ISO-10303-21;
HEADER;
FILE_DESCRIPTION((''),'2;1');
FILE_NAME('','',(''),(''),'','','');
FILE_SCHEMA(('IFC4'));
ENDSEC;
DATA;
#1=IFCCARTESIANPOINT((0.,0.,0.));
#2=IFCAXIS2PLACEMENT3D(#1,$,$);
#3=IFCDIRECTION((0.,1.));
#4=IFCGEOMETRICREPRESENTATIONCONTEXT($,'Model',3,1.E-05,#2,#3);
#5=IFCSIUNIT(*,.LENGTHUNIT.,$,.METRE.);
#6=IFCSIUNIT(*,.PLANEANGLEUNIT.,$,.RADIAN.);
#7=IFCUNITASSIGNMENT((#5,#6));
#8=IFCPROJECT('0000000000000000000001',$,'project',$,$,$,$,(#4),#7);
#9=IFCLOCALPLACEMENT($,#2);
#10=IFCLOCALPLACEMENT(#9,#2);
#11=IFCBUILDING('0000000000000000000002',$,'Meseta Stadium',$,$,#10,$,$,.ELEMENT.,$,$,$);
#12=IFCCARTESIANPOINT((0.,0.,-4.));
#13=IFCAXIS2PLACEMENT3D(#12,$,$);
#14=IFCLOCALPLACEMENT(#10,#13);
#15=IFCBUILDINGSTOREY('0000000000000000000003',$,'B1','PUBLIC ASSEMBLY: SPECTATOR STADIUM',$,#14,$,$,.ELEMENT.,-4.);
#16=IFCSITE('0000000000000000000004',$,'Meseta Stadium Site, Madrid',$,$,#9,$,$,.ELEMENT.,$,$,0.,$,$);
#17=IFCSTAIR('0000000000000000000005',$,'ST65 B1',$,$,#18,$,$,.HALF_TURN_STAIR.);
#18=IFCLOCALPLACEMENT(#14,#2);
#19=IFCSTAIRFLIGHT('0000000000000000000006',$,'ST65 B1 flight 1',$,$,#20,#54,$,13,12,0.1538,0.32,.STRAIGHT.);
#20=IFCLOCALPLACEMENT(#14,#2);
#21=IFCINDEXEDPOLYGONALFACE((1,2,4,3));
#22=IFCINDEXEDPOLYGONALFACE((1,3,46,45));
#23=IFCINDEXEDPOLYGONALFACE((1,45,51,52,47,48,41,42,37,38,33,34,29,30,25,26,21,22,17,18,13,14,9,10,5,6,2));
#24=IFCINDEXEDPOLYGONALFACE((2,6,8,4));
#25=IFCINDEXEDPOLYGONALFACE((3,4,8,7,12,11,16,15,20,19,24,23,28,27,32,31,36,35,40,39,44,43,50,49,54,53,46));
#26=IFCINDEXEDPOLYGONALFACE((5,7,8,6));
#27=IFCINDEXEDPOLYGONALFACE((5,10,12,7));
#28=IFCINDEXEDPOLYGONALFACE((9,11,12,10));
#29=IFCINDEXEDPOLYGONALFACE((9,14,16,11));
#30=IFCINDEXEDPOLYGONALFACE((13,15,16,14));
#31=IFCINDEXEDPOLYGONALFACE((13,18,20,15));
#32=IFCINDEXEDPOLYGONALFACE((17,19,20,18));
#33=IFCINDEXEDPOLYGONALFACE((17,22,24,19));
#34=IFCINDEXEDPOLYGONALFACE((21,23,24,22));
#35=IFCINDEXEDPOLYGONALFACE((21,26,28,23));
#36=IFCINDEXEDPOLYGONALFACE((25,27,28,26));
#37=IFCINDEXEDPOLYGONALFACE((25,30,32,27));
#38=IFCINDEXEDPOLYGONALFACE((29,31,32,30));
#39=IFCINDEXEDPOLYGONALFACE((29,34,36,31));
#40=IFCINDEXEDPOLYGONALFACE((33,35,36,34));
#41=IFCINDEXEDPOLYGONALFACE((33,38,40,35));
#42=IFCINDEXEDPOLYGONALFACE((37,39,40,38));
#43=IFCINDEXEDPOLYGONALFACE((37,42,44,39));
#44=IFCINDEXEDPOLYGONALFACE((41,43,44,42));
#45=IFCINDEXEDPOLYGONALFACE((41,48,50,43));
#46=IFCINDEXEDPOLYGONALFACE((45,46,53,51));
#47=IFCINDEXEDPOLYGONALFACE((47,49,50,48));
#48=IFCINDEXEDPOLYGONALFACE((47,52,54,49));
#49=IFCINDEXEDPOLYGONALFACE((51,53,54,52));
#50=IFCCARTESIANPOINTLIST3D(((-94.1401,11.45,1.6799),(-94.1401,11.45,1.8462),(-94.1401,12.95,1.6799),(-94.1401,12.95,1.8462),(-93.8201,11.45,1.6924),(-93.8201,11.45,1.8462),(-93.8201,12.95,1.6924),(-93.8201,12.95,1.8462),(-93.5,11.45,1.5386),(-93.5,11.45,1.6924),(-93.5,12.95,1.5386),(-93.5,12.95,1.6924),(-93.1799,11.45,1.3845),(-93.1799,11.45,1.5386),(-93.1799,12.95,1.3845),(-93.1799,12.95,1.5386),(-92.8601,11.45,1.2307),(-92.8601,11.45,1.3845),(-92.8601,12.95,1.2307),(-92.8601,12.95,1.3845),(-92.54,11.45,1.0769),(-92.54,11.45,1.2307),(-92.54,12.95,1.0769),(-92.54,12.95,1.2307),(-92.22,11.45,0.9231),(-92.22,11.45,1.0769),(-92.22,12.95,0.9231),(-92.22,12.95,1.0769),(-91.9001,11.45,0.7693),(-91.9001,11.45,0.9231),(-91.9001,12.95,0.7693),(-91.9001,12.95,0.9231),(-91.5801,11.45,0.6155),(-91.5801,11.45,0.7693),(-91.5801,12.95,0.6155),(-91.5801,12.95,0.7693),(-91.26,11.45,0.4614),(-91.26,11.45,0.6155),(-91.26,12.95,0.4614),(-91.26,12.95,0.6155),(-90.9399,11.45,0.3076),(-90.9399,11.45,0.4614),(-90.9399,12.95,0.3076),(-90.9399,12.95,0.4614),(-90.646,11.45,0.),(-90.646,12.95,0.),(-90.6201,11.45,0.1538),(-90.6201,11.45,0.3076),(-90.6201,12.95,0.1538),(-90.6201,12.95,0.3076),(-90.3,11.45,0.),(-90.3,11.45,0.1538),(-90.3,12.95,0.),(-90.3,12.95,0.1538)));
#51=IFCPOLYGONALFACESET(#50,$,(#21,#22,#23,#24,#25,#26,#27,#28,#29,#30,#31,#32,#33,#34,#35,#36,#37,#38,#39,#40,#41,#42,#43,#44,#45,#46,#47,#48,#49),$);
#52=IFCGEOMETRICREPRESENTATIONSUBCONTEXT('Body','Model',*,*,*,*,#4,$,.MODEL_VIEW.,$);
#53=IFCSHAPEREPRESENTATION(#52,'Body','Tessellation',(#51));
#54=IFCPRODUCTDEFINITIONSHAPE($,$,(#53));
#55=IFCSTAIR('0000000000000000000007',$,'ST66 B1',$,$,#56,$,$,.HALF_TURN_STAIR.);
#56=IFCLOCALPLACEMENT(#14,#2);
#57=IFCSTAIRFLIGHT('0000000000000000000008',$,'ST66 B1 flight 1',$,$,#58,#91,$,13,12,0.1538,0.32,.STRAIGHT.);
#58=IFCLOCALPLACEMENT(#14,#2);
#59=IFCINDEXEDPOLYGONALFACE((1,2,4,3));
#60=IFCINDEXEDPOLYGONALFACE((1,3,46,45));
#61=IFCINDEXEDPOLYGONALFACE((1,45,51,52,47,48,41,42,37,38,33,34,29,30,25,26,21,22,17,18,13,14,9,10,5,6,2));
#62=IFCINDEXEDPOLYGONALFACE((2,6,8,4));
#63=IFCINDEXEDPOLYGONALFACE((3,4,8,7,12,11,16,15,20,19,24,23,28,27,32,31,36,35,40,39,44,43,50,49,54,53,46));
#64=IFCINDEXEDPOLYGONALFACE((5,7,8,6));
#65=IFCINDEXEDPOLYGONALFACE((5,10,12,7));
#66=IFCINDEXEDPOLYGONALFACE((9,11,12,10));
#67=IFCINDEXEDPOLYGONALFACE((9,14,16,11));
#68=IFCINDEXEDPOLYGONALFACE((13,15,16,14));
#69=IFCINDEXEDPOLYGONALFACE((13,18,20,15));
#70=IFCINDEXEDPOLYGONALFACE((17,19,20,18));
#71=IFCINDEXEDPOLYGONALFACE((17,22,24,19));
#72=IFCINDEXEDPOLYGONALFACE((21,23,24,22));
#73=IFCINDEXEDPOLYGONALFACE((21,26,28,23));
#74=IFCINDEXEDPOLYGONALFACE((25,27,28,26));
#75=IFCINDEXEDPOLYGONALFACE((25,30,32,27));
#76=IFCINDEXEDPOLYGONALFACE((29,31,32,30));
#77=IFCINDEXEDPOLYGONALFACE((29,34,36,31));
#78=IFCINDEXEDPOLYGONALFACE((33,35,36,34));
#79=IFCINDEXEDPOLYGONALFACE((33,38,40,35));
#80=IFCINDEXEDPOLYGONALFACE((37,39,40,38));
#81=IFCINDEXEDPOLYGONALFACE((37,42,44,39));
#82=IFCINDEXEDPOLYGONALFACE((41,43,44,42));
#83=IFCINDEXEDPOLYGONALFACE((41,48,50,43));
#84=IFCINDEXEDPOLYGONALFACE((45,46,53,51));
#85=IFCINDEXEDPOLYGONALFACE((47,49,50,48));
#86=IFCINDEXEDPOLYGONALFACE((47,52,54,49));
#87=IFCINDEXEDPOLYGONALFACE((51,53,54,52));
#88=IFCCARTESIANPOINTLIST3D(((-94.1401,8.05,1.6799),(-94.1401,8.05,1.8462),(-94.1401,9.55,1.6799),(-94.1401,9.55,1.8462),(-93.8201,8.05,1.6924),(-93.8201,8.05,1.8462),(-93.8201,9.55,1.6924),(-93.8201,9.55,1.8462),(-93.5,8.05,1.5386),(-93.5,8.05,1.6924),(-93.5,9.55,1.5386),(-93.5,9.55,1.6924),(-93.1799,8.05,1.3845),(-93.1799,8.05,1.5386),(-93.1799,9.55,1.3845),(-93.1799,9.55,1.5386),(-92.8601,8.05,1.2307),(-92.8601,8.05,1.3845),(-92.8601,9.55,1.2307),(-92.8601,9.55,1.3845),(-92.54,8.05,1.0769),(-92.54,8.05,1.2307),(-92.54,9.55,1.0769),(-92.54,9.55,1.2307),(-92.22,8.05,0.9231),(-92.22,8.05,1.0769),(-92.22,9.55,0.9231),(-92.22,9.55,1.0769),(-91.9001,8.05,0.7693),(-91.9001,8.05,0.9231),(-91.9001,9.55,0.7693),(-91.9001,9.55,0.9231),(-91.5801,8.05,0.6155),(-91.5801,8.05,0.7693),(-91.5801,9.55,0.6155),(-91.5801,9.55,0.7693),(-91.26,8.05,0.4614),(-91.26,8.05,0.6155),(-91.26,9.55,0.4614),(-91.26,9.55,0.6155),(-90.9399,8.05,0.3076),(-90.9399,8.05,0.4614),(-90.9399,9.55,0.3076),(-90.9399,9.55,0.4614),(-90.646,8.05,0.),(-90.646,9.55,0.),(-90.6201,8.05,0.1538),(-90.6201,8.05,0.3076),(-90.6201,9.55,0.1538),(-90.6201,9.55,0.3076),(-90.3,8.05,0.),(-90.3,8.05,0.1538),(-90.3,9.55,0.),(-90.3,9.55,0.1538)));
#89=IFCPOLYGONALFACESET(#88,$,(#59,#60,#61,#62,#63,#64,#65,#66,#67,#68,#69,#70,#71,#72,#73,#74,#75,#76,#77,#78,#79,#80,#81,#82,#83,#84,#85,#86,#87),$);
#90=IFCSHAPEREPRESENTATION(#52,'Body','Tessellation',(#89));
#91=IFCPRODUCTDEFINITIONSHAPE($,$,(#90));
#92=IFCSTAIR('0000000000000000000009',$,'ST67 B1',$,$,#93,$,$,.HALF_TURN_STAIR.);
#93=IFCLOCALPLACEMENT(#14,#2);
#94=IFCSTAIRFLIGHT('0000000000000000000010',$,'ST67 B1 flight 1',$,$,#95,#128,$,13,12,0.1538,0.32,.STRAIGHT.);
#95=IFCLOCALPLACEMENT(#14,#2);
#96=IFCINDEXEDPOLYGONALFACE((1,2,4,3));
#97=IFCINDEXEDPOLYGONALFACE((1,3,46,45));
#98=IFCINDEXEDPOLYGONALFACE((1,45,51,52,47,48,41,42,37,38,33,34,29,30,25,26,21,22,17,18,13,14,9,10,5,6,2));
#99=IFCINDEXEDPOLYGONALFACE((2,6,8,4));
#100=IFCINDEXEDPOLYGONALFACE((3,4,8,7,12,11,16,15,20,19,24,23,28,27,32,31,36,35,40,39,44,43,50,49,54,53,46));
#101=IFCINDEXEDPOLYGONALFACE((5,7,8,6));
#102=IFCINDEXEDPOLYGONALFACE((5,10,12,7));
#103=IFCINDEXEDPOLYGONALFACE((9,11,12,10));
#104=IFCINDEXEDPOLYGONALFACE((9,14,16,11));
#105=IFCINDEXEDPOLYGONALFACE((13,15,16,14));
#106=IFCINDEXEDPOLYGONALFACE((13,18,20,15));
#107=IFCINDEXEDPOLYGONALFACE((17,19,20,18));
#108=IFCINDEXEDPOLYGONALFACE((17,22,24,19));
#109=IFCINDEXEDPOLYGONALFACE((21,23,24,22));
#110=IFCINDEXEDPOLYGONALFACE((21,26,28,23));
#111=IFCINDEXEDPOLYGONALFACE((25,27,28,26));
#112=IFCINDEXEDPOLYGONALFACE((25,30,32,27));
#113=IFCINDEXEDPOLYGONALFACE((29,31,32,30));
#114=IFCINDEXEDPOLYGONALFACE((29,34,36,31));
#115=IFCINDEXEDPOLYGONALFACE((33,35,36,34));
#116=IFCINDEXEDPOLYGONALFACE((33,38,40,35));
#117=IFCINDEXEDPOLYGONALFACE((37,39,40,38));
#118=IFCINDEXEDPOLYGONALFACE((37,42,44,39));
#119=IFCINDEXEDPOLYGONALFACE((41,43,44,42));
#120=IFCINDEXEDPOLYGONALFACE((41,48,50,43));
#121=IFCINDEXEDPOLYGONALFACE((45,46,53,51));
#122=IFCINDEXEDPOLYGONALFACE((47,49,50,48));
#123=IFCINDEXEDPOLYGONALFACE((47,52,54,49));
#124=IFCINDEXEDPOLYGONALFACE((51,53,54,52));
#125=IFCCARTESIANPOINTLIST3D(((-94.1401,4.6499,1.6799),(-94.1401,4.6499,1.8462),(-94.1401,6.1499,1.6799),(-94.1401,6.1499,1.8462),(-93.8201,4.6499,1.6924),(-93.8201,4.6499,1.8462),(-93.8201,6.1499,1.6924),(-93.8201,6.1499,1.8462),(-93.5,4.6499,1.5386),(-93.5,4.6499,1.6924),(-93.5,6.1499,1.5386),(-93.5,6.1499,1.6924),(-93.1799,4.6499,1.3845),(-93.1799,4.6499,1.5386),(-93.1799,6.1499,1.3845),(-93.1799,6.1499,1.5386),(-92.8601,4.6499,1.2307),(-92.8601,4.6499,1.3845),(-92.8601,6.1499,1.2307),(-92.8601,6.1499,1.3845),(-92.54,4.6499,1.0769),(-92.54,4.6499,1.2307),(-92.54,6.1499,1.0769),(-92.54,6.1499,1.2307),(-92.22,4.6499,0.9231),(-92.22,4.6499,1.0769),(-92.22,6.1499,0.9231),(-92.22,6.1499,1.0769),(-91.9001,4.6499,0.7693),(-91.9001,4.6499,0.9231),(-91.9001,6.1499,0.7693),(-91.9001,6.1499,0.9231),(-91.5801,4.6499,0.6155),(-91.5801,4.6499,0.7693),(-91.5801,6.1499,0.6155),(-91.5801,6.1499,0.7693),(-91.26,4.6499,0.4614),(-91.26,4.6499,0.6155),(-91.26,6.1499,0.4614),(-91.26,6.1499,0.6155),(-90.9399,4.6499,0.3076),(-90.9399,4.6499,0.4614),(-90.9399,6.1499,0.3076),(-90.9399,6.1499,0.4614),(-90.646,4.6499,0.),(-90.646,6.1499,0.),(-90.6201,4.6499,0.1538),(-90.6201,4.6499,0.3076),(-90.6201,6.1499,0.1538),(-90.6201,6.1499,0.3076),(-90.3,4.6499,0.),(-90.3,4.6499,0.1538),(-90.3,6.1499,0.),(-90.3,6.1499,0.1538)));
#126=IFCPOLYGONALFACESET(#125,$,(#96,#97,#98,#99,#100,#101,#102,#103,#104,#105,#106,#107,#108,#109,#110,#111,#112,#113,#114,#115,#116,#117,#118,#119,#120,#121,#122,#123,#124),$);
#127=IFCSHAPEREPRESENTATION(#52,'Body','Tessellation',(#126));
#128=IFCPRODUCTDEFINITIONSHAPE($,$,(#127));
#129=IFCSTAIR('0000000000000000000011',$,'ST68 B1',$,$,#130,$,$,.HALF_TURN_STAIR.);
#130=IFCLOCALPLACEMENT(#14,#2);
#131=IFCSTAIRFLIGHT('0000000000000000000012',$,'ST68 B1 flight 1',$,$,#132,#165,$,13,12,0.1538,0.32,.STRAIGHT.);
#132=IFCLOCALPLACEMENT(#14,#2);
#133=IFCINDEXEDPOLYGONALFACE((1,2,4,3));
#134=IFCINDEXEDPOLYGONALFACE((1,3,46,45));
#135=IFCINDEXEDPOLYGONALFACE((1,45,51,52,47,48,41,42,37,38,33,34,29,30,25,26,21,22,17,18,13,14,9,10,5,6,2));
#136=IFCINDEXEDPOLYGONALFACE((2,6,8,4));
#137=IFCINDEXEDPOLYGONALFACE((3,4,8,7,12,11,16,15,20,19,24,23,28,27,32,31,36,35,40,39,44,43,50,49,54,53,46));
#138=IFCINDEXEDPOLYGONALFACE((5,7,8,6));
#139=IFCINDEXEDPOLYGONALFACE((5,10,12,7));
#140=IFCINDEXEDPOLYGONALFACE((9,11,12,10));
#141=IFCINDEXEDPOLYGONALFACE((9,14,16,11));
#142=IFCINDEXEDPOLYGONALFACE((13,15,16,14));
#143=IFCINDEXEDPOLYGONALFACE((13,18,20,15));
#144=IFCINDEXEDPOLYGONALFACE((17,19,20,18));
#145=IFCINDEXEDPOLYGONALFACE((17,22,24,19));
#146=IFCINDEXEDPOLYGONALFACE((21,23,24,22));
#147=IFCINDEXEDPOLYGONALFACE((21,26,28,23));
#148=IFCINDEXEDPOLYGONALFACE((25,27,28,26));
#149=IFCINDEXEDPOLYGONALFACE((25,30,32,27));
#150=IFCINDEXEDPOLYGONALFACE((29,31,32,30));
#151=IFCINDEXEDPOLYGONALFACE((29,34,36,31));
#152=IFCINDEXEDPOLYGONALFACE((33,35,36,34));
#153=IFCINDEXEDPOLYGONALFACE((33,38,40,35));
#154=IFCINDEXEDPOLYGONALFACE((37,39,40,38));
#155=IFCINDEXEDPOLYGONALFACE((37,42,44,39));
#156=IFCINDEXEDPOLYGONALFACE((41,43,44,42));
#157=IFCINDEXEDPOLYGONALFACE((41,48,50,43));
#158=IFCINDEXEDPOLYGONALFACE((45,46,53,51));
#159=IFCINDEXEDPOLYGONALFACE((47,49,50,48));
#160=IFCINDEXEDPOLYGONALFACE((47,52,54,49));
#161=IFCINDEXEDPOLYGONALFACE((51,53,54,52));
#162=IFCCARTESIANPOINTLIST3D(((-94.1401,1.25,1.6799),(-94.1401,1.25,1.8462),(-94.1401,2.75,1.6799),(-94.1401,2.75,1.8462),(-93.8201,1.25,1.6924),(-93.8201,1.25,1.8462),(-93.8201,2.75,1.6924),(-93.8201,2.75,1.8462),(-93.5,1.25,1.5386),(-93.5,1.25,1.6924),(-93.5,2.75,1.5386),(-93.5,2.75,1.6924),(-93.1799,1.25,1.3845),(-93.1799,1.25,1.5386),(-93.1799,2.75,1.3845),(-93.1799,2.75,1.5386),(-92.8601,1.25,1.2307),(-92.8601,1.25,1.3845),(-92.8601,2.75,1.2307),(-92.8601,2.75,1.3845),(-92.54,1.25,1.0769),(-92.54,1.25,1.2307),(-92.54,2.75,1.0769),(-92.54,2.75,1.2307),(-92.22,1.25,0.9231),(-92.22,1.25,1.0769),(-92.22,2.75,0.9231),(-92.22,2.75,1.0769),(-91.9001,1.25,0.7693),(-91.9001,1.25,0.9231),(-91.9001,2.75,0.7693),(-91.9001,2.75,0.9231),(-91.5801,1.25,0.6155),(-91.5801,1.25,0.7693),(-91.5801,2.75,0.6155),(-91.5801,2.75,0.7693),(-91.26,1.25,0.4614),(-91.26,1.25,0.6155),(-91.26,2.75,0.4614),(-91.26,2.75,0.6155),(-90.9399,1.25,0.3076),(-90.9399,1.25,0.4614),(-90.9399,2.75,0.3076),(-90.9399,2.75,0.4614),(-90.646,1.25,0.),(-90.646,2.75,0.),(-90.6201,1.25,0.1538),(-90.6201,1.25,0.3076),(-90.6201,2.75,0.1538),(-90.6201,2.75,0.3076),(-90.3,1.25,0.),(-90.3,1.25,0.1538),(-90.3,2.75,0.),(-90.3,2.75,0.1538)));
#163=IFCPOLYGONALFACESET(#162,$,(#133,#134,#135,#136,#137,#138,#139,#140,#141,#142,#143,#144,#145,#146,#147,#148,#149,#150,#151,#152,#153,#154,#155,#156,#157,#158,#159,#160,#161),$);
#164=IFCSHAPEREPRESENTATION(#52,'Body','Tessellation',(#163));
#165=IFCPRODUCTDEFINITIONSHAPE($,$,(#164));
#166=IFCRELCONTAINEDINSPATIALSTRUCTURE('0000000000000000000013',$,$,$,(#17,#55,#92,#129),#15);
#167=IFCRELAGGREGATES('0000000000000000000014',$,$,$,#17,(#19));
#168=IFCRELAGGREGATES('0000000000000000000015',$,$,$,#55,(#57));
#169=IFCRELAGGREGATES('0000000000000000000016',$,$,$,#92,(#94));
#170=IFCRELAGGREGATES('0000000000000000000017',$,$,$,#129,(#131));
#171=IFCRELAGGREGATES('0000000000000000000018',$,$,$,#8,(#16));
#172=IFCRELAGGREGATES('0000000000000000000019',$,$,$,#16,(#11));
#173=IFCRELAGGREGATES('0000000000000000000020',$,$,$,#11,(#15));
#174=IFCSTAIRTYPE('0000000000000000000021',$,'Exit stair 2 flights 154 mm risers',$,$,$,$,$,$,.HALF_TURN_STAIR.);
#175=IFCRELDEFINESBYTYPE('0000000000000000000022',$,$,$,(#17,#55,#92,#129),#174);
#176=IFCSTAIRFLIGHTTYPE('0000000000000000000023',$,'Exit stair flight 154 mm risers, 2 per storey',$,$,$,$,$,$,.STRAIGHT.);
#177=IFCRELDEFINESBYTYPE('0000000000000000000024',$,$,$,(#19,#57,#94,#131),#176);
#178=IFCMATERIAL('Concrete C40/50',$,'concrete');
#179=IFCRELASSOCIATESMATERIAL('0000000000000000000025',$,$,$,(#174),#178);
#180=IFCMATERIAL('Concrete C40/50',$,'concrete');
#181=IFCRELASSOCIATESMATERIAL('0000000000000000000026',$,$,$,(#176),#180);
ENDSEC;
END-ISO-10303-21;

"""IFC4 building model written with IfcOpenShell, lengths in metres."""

from ifc_helpers import new_model, si_unit, direction, frame, origin, place, context, subcontext, project, spatial, polyline, outline, extrude, material, type_object, element, aggregate, save


model = new_model("IFC4")

# Units and contexts
model_context = context("Model", 3, precision=1e-05, world=origin(), true_north=direction((0.0, 1.0)))
body_context = subcontext(model_context, "Body", "Model", "MODEL_VIEW")
ifc_project = project(units=[si_unit("LENGTHUNIT", "METRE"), si_unit("PLANEANGLEUNIT", "RADIAN")], contexts=[model_context])

# Site, building, storey
site_placement = place(None, origin())
site = spatial("IfcSite", under=ifc_project, at=site_placement, Name="Meseta Stadium Site, Madrid", CompositionType="ELEMENT", RefElevation=0.0)
building_placement = place(site_placement, origin())
building = spatial("IfcBuilding", under=site, at=building_placement, Name="Meseta Stadium", CompositionType="ELEMENT")
storey_placement = place(building_placement, frame((0.0, 0.0, -4.0)))
storey = spatial("IfcBuildingStorey", under=building, at=storey_placement, Name="B1", Description="PUBLIC ASSEMBLY: SPECTATOR STADIUM", CompositionType="ELEMENT", Elevation=-4.0)

# Stairs, stair flights
ifc_material_1 = material(Name="Concrete C40/50", Category="concrete")
stair_type = type_object("IfcStairType", Name="Exit stair 2 flights 154 mm risers", PredefinedType="HALF_TURN_STAIR", material=ifc_material_1)
stair_1_placement = place(storey_placement, origin())
stair_1 = element("IfcStair", 1, at=stair_1_placement, inside=storey, type_object=stair_type, Name="ST65 B1", PredefinedType="HALF_TURN_STAIR")
ifc_material_2 = material(Name="Concrete C40/50", Category="concrete")
stair_flight_type = type_object("IfcStairFlightType", Name="Exit stair flight 154 mm risers, 2 per storey", PredefinedType="STRAIGHT", material=ifc_material_2)
stair_flight_1_placement = place(storey_placement, frame((-90.3, 12.2, 0.0), z_axis=(0.0, 0.0, 1.0), x_axis=(-1.0, 0.0, 0.0)))
stair_flight_1 = element("IfcStairFlight", 2, at=stair_flight_1_placement, type_object=stair_flight_type, Name="ST65 B1 flight 1", NumberOfRisers=13, NumberOfTreads=12, PredefinedType="STRAIGHT", RiserHeight=0.1538, TreadLength=0.32, context=body_context, shape_type="SweptSolid", body=[
    extrude(outline(polyline([(0.0, 0.0), (0.0, 0.1538), (0.3201, 0.1538), (0.3201, 0.3076), (0.6399, 0.3076), (0.6399, 0.4614), (0.96, 0.4614), (0.96, 0.6155), (1.28, 0.6155), (1.28, 0.7693), (1.6001, 0.7693), (1.6001, 0.9231), (1.9199, 0.9231), (1.9199, 1.0769), (2.24, 1.0769), (2.24, 1.2307), (2.5601, 1.2307), (2.5601, 1.3845), (2.8799, 1.3845), (2.8799, 1.5386), (3.2, 1.5386), (3.2, 1.6924), (3.52, 1.6924), (3.52, 1.8462), (3.8401, 1.8462), (3.8401, 1.6799), (0.3459, 0.0), (0.0, 0.0)])), frame((0.0, 0.75, 0.0), z_axis=(0.0, -1.0, 0.0), x_axis=(1.0, 0.0, 0.0)), (0.0, 0.0, 1.0), 1.5),
])
aggregate(stair_1, [stair_flight_1])
stair_2_placement = place(storey_placement, origin())
stair_2 = element("IfcStair", 3, at=stair_2_placement, inside=storey, type_object=stair_type, Name="ST66 B1", PredefinedType="HALF_TURN_STAIR")
stair_flight_2_placement = place(storey_placement, frame((-90.3, 8.8, 0.0), z_axis=(0.0, 0.0, 1.0), x_axis=(-1.0, 0.0, 0.0)))
stair_flight_2 = element("IfcStairFlight", 4, at=stair_flight_2_placement, type_object=stair_flight_type, Name="ST66 B1 flight 1", NumberOfRisers=13, NumberOfTreads=12, PredefinedType="STRAIGHT", RiserHeight=0.1538, TreadLength=0.32, context=body_context, shape_type="SweptSolid", body=[
    extrude(outline(polyline([(0.0, 0.0), (0.0, 0.1538), (0.3201, 0.1538), (0.3201, 0.3076), (0.6399, 0.3076), (0.6399, 0.4614), (0.96, 0.4614), (0.96, 0.6155), (1.28, 0.6155), (1.28, 0.7693), (1.6001, 0.7693), (1.6001, 0.9231), (1.9199, 0.9231), (1.9199, 1.0769), (2.24, 1.0769), (2.24, 1.2307), (2.5601, 1.2307), (2.5601, 1.3845), (2.8799, 1.3845), (2.8799, 1.5386), (3.2, 1.5386), (3.2, 1.6924), (3.52, 1.6924), (3.52, 1.8462), (3.8401, 1.8462), (3.8401, 1.6799), (0.3459, 0.0), (0.0, 0.0)])), frame((0.0, 0.75, 0.0), z_axis=(0.0, -1.0, 0.0), x_axis=(1.0, 0.0, 0.0)), (0.0, 0.0, 1.0), 1.5),
])
aggregate(stair_2, [stair_flight_2])
stair_3_placement = place(storey_placement, origin())
stair_3 = element("IfcStair", 5, at=stair_3_placement, inside=storey, type_object=stair_type, Name="ST67 B1", PredefinedType="HALF_TURN_STAIR")
stair_flight_3_placement = place(storey_placement, frame((-90.3, 5.3999, 0.0), z_axis=(0.0, 0.0, 1.0), x_axis=(-1.0, 0.0, 0.0)))
stair_flight_3 = element("IfcStairFlight", 6, at=stair_flight_3_placement, type_object=stair_flight_type, Name="ST67 B1 flight 1", NumberOfRisers=13, NumberOfTreads=12, PredefinedType="STRAIGHT", RiserHeight=0.1538, TreadLength=0.32, context=body_context, shape_type="SweptSolid", body=[
    extrude(outline(polyline([(0.0, 0.0), (0.0, 0.1538), (0.3201, 0.1538), (0.3201, 0.3076), (0.6399, 0.3076), (0.6399, 0.4614), (0.96, 0.4614), (0.96, 0.6155), (1.28, 0.6155), (1.28, 0.7693), (1.6001, 0.7693), (1.6001, 0.9231), (1.9199, 0.9231), (1.9199, 1.0769), (2.24, 1.0769), (2.24, 1.2307), (2.5601, 1.2307), (2.5601, 1.3845), (2.8799, 1.3845), (2.8799, 1.5386), (3.2, 1.5386), (3.2, 1.6924), (3.52, 1.6924), (3.52, 1.8462), (3.8401, 1.8462), (3.8401, 1.6799), (0.3459, 0.0), (0.0, 0.0)])), frame((0.0, 0.75, 0.0), z_axis=(0.0, -1.0, 0.0), x_axis=(1.0, 0.0, 0.0)), (0.0, 0.0, 1.0), 1.5),
])
aggregate(stair_3, [stair_flight_3])
stair_4_placement = place(storey_placement, origin())
stair_4 = element("IfcStair", 7, at=stair_4_placement, inside=storey, type_object=stair_type, Name="ST68 B1", PredefinedType="HALF_TURN_STAIR")
stair_flight_4_placement = place(storey_placement, frame((-90.3, 2.0, 0.0), z_axis=(0.0, 0.0, 1.0), x_axis=(-1.0, 0.0, 0.0)))
stair_flight_4 = element("IfcStairFlight", 8, at=stair_flight_4_placement, type_object=stair_flight_type, Name="ST68 B1 flight 1", NumberOfRisers=13, NumberOfTreads=12, PredefinedType="STRAIGHT", RiserHeight=0.1538, TreadLength=0.32, context=body_context, shape_type="SweptSolid", body=[
    extrude(outline(polyline([(0.0, 0.0), (0.0, 0.1538), (0.3201, 0.1538), (0.3201, 0.3076), (0.6399, 0.3076), (0.6399, 0.4614), (0.96, 0.4614), (0.96, 0.6155), (1.28, 0.6155), (1.28, 0.7693), (1.6001, 0.7693), (1.6001, 0.9231), (1.9199, 0.9231), (1.9199, 1.0769), (2.24, 1.0769), (2.24, 1.2307), (2.5601, 1.2307), (2.5601, 1.3845), (2.8799, 1.3845), (2.8799, 1.5386), (3.2, 1.5386), (3.2, 1.6924), (3.52, 1.6924), (3.52, 1.8462), (3.8401, 1.8462), (3.8401, 1.6799), (0.3459, 0.0), (0.0, 0.0)])), frame((0.0, 0.75, 0.0), z_axis=(0.0, -1.0, 0.0), x_axis=(1.0, 0.0, 0.0)), (0.0, 0.0, 1.0), 1.5),
])
aggregate(stair_4, [stair_flight_4])

save(model, "model.ifc")
